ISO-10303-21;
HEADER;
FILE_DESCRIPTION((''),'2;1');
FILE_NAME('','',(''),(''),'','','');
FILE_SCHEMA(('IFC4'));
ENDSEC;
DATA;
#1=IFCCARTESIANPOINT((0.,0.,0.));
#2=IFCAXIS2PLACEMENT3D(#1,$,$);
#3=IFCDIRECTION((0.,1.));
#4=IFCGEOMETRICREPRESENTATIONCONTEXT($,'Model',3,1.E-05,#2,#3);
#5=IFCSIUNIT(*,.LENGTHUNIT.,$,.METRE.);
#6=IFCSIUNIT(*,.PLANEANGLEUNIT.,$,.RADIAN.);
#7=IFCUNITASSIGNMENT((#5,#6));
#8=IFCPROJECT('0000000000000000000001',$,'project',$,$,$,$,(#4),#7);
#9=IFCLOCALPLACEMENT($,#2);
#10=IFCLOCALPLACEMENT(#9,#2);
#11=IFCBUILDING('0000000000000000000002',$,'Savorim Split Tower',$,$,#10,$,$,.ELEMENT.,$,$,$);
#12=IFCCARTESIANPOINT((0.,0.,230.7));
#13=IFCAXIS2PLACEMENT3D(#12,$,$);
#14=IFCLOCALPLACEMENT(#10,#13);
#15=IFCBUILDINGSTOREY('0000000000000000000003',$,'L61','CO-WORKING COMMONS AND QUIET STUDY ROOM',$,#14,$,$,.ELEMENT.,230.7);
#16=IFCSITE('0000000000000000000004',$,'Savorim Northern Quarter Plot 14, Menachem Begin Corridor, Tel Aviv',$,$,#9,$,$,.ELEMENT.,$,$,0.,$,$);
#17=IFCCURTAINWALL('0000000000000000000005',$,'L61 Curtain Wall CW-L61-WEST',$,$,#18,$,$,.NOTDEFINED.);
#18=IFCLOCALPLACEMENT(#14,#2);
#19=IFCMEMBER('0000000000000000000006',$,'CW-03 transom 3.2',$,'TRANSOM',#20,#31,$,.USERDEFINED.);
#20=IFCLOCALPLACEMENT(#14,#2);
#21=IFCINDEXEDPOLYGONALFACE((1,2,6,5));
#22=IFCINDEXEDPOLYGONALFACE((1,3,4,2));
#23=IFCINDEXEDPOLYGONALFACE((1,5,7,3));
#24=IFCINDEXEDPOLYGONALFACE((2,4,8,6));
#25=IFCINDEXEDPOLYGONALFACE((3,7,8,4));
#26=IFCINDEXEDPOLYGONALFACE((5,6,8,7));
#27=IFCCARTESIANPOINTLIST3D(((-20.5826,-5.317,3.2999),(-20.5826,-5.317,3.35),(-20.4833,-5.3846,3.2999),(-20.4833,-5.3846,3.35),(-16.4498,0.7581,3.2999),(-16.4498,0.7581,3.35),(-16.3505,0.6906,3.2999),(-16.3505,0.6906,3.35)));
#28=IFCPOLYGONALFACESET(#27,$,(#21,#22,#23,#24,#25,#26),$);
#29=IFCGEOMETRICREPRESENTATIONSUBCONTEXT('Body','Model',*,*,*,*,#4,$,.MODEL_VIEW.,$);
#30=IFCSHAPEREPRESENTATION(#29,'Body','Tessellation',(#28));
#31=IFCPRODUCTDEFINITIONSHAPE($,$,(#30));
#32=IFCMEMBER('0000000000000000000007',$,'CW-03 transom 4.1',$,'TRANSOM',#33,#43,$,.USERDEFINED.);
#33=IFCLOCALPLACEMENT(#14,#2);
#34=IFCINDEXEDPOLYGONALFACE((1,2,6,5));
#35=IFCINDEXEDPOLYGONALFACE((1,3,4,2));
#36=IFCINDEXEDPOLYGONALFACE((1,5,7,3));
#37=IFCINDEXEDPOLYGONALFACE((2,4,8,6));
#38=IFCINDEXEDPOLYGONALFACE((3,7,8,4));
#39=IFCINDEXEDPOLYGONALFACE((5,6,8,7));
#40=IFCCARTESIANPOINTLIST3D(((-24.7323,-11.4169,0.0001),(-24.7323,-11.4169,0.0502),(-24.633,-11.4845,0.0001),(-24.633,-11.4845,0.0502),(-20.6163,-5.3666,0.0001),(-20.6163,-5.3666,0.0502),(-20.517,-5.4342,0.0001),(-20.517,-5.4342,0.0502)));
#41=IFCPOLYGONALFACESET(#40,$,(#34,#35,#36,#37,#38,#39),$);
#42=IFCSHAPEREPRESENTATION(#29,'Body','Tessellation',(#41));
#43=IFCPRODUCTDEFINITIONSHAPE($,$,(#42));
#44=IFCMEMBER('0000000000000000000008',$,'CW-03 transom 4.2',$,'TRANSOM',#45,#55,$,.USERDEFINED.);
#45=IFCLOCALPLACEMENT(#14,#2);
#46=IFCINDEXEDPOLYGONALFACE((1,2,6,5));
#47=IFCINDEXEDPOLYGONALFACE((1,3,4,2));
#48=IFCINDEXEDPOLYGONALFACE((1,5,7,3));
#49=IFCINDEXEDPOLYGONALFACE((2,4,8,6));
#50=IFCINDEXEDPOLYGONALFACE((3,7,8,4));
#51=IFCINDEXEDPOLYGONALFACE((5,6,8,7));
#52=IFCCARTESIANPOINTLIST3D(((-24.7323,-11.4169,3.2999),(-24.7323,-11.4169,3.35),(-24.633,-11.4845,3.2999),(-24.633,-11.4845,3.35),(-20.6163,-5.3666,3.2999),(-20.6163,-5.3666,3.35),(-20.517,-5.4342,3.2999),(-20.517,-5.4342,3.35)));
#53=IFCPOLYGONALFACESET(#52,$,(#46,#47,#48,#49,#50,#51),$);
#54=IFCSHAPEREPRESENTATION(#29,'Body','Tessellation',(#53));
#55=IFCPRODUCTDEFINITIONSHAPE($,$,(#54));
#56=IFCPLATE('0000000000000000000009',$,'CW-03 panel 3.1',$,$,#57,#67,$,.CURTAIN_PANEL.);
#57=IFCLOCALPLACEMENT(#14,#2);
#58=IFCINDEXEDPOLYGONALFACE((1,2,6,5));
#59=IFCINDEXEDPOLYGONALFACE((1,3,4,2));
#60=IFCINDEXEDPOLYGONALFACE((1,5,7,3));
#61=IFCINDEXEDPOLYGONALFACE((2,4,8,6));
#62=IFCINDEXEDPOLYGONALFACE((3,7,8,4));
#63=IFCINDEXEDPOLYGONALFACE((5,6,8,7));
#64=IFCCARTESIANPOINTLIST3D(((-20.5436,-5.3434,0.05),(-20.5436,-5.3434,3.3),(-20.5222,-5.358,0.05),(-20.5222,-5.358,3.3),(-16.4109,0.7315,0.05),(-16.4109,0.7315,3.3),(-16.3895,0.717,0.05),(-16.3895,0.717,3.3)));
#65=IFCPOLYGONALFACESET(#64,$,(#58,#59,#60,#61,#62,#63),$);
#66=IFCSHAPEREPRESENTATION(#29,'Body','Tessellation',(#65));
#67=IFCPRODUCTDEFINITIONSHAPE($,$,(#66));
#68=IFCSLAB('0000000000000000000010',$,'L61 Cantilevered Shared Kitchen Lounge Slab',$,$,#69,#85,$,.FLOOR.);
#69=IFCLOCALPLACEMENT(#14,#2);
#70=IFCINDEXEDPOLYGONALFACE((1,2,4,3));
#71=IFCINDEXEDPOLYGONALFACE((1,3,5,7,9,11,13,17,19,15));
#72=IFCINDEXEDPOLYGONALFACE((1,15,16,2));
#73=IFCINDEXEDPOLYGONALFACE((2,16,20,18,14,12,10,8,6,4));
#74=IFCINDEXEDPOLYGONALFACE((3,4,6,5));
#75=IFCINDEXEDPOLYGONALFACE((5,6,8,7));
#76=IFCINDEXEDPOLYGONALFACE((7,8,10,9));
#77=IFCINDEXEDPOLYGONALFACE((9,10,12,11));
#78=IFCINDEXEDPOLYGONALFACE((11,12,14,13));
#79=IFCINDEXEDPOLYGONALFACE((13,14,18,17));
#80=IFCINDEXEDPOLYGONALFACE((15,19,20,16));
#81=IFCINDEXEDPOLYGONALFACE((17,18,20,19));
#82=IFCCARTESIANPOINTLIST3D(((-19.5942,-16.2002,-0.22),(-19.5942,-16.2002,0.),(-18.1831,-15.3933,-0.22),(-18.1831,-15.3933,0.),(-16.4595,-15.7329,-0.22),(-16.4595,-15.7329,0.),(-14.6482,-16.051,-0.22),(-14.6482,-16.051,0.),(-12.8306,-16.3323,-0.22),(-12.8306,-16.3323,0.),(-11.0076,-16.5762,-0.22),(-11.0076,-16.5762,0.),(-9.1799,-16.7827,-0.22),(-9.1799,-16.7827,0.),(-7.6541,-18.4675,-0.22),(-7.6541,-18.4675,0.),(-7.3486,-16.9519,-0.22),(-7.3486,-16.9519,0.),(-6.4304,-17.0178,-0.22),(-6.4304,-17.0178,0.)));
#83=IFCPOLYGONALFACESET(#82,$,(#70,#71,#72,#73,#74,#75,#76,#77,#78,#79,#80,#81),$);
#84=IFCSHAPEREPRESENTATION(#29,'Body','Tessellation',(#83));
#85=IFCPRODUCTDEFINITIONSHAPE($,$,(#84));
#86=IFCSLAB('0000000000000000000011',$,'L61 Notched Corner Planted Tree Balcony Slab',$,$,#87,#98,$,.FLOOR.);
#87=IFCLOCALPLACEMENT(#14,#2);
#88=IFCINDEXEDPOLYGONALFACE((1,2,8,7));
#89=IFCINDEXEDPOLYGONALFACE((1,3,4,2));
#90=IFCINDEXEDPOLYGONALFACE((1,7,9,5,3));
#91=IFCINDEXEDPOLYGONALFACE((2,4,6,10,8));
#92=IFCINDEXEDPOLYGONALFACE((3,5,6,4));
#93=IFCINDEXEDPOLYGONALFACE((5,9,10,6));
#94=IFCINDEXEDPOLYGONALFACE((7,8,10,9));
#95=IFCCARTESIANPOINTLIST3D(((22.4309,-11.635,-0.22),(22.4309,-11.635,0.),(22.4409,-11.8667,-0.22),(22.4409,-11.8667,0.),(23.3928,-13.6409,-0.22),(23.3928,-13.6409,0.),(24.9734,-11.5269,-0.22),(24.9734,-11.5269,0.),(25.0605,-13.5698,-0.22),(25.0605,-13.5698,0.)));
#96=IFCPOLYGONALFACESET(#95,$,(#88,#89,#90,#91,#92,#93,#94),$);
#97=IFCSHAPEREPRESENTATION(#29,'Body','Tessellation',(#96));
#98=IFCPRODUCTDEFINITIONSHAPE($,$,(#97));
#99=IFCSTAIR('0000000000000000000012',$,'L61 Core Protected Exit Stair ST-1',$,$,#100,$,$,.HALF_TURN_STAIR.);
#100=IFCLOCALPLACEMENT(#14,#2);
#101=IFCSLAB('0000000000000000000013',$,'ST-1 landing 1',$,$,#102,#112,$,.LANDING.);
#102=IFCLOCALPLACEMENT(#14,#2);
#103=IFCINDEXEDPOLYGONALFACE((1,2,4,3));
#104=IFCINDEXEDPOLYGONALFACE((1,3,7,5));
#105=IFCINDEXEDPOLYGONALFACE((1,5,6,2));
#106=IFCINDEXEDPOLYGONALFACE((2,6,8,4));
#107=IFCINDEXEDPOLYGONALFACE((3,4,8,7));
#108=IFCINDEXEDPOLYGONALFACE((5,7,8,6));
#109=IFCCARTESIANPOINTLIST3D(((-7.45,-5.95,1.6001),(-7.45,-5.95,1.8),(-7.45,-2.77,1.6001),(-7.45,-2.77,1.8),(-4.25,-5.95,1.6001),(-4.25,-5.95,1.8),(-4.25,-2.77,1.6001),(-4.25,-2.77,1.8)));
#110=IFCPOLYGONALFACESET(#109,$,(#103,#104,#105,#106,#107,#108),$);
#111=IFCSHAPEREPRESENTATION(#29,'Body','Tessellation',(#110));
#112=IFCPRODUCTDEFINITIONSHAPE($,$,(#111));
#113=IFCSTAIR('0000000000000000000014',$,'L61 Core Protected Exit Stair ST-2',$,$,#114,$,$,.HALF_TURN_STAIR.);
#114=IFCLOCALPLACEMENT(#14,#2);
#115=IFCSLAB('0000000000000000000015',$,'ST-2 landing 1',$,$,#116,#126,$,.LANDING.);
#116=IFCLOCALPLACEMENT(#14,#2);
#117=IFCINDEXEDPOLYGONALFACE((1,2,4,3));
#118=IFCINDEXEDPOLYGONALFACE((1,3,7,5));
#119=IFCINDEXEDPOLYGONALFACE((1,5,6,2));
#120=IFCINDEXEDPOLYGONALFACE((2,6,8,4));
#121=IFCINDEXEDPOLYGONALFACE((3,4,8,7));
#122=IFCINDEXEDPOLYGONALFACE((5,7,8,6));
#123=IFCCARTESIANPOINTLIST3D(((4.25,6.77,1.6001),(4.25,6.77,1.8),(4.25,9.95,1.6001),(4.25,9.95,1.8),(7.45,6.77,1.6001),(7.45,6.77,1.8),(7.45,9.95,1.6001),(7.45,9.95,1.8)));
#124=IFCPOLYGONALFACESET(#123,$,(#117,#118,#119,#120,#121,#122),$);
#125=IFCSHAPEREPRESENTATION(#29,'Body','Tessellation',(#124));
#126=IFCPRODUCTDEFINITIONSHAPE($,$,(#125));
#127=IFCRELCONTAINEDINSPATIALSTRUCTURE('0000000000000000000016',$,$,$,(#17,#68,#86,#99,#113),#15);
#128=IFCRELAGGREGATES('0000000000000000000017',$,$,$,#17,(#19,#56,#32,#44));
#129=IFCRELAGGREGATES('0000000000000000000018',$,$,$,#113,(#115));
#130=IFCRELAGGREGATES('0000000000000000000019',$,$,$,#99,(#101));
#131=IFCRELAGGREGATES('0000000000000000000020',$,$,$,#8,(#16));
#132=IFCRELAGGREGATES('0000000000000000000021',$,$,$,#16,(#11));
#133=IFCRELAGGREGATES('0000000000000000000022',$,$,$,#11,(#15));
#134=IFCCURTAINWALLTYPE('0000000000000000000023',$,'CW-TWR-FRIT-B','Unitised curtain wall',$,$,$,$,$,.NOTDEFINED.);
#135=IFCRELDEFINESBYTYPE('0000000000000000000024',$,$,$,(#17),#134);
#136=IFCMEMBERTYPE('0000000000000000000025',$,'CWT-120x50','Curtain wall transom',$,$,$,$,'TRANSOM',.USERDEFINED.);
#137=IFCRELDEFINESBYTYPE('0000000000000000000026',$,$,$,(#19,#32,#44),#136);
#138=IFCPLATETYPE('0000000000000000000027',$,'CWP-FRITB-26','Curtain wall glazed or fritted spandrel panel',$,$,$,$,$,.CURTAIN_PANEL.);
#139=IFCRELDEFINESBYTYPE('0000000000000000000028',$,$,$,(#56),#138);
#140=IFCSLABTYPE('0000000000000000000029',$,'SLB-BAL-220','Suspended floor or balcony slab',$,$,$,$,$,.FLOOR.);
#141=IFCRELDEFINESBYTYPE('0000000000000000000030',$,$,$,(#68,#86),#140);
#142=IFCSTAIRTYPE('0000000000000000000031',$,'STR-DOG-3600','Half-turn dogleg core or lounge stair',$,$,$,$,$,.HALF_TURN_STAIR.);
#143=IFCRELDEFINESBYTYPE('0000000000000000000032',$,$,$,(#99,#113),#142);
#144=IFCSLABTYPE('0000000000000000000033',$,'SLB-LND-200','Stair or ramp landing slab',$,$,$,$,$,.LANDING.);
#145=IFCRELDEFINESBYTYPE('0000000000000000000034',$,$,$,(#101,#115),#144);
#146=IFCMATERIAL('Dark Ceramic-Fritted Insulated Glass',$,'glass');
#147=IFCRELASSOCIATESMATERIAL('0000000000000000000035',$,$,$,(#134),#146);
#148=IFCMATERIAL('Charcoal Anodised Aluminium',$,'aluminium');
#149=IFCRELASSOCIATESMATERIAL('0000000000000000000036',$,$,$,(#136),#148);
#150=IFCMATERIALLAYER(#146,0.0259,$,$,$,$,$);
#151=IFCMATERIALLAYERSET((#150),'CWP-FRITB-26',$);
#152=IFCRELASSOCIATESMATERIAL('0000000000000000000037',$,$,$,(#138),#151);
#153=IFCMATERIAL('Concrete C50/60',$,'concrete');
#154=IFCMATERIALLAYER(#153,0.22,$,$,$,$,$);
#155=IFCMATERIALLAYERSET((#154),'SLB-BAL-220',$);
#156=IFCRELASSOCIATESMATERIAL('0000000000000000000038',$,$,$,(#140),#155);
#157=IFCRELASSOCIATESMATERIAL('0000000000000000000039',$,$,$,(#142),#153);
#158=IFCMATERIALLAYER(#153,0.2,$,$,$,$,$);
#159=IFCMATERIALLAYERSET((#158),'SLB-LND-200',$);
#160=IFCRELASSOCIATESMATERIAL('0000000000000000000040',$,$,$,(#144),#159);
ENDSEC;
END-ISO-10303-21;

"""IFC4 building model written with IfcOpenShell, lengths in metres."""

from ifc_helpers import new_model, si_unit, direction, frame, origin, origin_2d, place, context, subcontext, project, spatial, polyline, rectangle, outline, extrude, material, layer, layer_set, material_profile, profile_set, type_object, element, aggregate, save


model = new_model("IFC4")

# Units and contexts
model_context = context("Model", 3, precision=1e-05, world=origin(), true_north=direction((0.0, 1.0)))
body_context = subcontext(model_context, "Body", "Model", "MODEL_VIEW")
ifc_project = project(units=[si_unit("LENGTHUNIT", "METRE"), si_unit("PLANEANGLEUNIT", "RADIAN")], contexts=[model_context])

# Site, building, storey
site_placement = place(None, origin())
site = spatial("IfcSite", under=ifc_project, at=site_placement, Name="Savorim Northern Quarter Plot 14, Menachem Begin Corridor, Tel Aviv", CompositionType="ELEMENT", RefElevation=0.0)
building_placement = place(site_placement, origin())
building = spatial("IfcBuilding", under=site, at=building_placement, Name="Savorim Split Tower", CompositionType="ELEMENT")
storey_placement = place(building_placement, frame((0.0, 0.0, 230.7)))
storey = spatial("IfcBuildingStorey", under=building, at=storey_placement, Name="L61", Description="CO-WORKING COMMONS AND QUIET STUDY ROOM", CompositionType="ELEMENT", Elevation=230.7)

# Curtain wall, members, plate
ifc_material_1 = material(Name="Dark Ceramic-Fritted Insulated Glass", Category="glass")
curtain_wall_type = type_object("IfcCurtainWallType", Name="CW-TWR-FRIT-B", Description="Unitised curtain wall", PredefinedType="NOTDEFINED", material=ifc_material_1)
curtain_wall_placement = place(storey_placement, origin())
curtain_wall = element("IfcCurtainWall", 1, at=curtain_wall_placement, inside=storey, type_object=curtain_wall_type, Name="L61 Curtain Wall CW-L61-WEST", PredefinedType="NOTDEFINED")
ifc_material_2 = material(Name="Charcoal Anodised Aluminium", Category="aluminium")
ifc_material_profile_1 = material_profile(ifc_material_2, rectangle(XDim=0.1201, YDim=0.05, at=origin_2d()), Name="ALU-T 120x50")
ifc_profile_set_1 = profile_set([ifc_material_profile_1], Name="Charcoal Anodised Aluminium")
member_type_1 = type_object("IfcMemberType", Name="CWT-120x50", Description="Curtain wall transom", ElementType="TRANSOM", PredefinedType="USERDEFINED", material=ifc_profile_set_1)
member_1_placement = place(storey_placement, frame((-16.4001, 0.7244, 3.325), z_axis=(-0.562466, -0.82682, 0.0), x_axis=(0.82682, -0.562466, 0.0)))
member_1 = element("IfcMember", 2, at=member_1_placement, type_object=member_type_1, Name="CW-03 transom 3.2", ObjectType="TRANSOM", PredefinedType="USERDEFINED", context=body_context, shape_type="SweptSolid", body=[
    extrude(rectangle(XDim=0.1201, YDim=0.05, at=origin_2d()), origin(), (0.0, 0.0, 1.0), 7.3477),
])
member_2_placement = place(storey_placement, frame((-20.5667, -5.4004, 0.0251), z_axis=(-0.562475, -0.826814, 0.0), x_axis=(0.826814, -0.562475, 0.0)))
member_2 = element("IfcMember", 3, at=member_2_placement, type_object=member_type_1, Name="CW-03 transom 4.1", ObjectType="TRANSOM", PredefinedType="USERDEFINED", context=body_context, shape_type="SweptSolid", body=[
    extrude(rectangle(XDim=0.1201, YDim=0.05, at=origin_2d()), origin(), (0.0, 0.0, 1.0), 7.3176),
])
member_3_placement = place(storey_placement, frame((-20.5667, -5.4004, 3.325), z_axis=(-0.562475, -0.826814, 0.0), x_axis=(0.826814, -0.562475, 0.0)))
member_3 = element("IfcMember", 4, at=member_3_placement, type_object=member_type_1, Name="CW-03 transom 4.2", ObjectType="TRANSOM", PredefinedType="USERDEFINED", context=body_context, shape_type="SweptSolid", body=[
    extrude(rectangle(XDim=0.1201, YDim=0.05, at=origin_2d()), origin(), (0.0, 0.0, 1.0), 7.3176),
])
ifc_layer_1 = layer(ifc_material_1, 0.0259)
ifc_layer_set_1 = layer_set([ifc_layer_1], Name="CWP-FRITB-26")
plate_type = type_object("IfcPlateType", Name="CWP-FRITB-26", Description="Curtain wall glazed or fritted spandrel panel", PredefinedType="CURTAIN_PANEL", material=ifc_layer_set_1)
plate_placement = place(storey_placement, frame((-18.4666, -2.3132, 0.05), z_axis=(0.0, 0.0, 1.0), x_axis=(-0.562467, -0.82682, 0.0)))
plate = element("IfcPlate", 5, at=plate_placement, type_object=plate_type, Name="CW-03 panel 3.1", PredefinedType="CURTAIN_PANEL", context=body_context, shape_type="SweptSolid", body=[
    extrude(rectangle(XDim=7.3474, YDim=0.0259, at=origin_2d()), origin(), (0.0, 0.0, 1.0), 3.25),
])
aggregate(curtain_wall, [member_1, plate, member_2, member_3])

# Slabs
ifc_material_3 = material(Name="Concrete C50/60", Category="concrete")
ifc_layer_2 = layer(ifc_material_3, 0.22)
ifc_layer_set_2 = layer_set([ifc_layer_2], Name="SLB-BAL-220")
slab_type_1 = type_object("IfcSlabType", Name="SLB-BAL-220", Description="Suspended floor or balcony slab", PredefinedType="FLOOR", material=ifc_layer_set_2)
slab_1_placement = place(storey_placement, frame((0.0, 0.0, -0.22)))
element("IfcSlab", 6, at=slab_1_placement, inside=storey, type_object=slab_type_1, Name="L61 Cantilevered Shared Kitchen Lounge Slab", PredefinedType="FLOOR", context=body_context, shape_type="SweptSolid", body=[
    extrude(outline(polyline([(-6.4304, -17.0178), (-7.3486, -16.9519), (-9.1799, -16.7827), (-11.0076, -16.5762), (-12.8306, -16.3323), (-14.6482, -16.051), (-16.4595, -15.7329), (-18.1831, -15.3933), (-19.5942, -16.2002), (-7.6541, -18.4675), (-6.4304, -17.0178)])), origin(), (0.0, 0.0, 1.0), 0.22),
])
slab_2_placement = place(storey_placement, frame((0.0, 0.0, -0.22)))
element("IfcSlab", 7, at=slab_2_placement, inside=storey, type_object=slab_type_1, Name="L61 Notched Corner Planted Tree Balcony Slab", PredefinedType="FLOOR", context=body_context, shape_type="SweptSolid", body=[
    extrude(outline(polyline([(24.9734, -11.5269), (22.4309, -11.635), (22.4409, -11.8667), (23.3928, -13.6409), (25.0605, -13.5698), (24.9734, -11.5269)])), origin(), (0.0, 0.0, 1.0), 0.22),
])

# Stairs, slabs
stair_type = type_object("IfcStairType", Name="STR-DOG-3600", Description="Half-turn dogleg core or lounge stair", PredefinedType="HALF_TURN_STAIR", material=ifc_material_3)
stair_1_placement = place(storey_placement, origin())
stair_1 = element("IfcStair", 8, at=stair_1_placement, inside=storey, type_object=stair_type, Name="L61 Core Protected Exit Stair ST-1", PredefinedType="HALF_TURN_STAIR")
ifc_layer_3 = layer(ifc_material_3, 0.2)
ifc_layer_set_3 = layer_set([ifc_layer_3], Name="SLB-LND-200")
slab_type_2 = type_object("IfcSlabType", Name="SLB-LND-200", Description="Stair or ramp landing slab", PredefinedType="LANDING", material=ifc_layer_set_3)
slab_3_placement = place(storey_placement, frame((0.0, 0.0, 1.6001)))
slab_3 = element("IfcSlab", 9, at=slab_3_placement, type_object=slab_type_2, Name="ST-1 landing 1", PredefinedType="LANDING", context=body_context, shape_type="SweptSolid", body=[
    extrude(outline(polyline([(-7.45, -2.77), (-7.45, -5.95), (-4.25, -5.95), (-4.25, -2.77), (-7.45, -2.77)])), origin(), (0.0, 0.0, 1.0), 0.2),
])
stair_2_placement = place(storey_placement, origin())
stair_2 = element("IfcStair", 10, at=stair_2_placement, inside=storey, type_object=stair_type, Name="L61 Core Protected Exit Stair ST-2", PredefinedType="HALF_TURN_STAIR")
slab_4_placement = place(storey_placement, frame((0.0, 0.0, 1.6001)))
slab_4 = element("IfcSlab", 11, at=slab_4_placement, type_object=slab_type_2, Name="ST-2 landing 1", PredefinedType="LANDING", context=body_context, shape_type="SweptSolid", body=[
    extrude(outline(polyline([(7.45, 6.77), (7.45, 9.95), (4.25, 9.95), (4.25, 6.77), (7.45, 6.77)])), origin(), (0.0, 0.0, 1.0), 0.2),
])
aggregate(stair_2, [slab_4])

aggregate(stair_1, [slab_3])

save(model, "model.ifc")
